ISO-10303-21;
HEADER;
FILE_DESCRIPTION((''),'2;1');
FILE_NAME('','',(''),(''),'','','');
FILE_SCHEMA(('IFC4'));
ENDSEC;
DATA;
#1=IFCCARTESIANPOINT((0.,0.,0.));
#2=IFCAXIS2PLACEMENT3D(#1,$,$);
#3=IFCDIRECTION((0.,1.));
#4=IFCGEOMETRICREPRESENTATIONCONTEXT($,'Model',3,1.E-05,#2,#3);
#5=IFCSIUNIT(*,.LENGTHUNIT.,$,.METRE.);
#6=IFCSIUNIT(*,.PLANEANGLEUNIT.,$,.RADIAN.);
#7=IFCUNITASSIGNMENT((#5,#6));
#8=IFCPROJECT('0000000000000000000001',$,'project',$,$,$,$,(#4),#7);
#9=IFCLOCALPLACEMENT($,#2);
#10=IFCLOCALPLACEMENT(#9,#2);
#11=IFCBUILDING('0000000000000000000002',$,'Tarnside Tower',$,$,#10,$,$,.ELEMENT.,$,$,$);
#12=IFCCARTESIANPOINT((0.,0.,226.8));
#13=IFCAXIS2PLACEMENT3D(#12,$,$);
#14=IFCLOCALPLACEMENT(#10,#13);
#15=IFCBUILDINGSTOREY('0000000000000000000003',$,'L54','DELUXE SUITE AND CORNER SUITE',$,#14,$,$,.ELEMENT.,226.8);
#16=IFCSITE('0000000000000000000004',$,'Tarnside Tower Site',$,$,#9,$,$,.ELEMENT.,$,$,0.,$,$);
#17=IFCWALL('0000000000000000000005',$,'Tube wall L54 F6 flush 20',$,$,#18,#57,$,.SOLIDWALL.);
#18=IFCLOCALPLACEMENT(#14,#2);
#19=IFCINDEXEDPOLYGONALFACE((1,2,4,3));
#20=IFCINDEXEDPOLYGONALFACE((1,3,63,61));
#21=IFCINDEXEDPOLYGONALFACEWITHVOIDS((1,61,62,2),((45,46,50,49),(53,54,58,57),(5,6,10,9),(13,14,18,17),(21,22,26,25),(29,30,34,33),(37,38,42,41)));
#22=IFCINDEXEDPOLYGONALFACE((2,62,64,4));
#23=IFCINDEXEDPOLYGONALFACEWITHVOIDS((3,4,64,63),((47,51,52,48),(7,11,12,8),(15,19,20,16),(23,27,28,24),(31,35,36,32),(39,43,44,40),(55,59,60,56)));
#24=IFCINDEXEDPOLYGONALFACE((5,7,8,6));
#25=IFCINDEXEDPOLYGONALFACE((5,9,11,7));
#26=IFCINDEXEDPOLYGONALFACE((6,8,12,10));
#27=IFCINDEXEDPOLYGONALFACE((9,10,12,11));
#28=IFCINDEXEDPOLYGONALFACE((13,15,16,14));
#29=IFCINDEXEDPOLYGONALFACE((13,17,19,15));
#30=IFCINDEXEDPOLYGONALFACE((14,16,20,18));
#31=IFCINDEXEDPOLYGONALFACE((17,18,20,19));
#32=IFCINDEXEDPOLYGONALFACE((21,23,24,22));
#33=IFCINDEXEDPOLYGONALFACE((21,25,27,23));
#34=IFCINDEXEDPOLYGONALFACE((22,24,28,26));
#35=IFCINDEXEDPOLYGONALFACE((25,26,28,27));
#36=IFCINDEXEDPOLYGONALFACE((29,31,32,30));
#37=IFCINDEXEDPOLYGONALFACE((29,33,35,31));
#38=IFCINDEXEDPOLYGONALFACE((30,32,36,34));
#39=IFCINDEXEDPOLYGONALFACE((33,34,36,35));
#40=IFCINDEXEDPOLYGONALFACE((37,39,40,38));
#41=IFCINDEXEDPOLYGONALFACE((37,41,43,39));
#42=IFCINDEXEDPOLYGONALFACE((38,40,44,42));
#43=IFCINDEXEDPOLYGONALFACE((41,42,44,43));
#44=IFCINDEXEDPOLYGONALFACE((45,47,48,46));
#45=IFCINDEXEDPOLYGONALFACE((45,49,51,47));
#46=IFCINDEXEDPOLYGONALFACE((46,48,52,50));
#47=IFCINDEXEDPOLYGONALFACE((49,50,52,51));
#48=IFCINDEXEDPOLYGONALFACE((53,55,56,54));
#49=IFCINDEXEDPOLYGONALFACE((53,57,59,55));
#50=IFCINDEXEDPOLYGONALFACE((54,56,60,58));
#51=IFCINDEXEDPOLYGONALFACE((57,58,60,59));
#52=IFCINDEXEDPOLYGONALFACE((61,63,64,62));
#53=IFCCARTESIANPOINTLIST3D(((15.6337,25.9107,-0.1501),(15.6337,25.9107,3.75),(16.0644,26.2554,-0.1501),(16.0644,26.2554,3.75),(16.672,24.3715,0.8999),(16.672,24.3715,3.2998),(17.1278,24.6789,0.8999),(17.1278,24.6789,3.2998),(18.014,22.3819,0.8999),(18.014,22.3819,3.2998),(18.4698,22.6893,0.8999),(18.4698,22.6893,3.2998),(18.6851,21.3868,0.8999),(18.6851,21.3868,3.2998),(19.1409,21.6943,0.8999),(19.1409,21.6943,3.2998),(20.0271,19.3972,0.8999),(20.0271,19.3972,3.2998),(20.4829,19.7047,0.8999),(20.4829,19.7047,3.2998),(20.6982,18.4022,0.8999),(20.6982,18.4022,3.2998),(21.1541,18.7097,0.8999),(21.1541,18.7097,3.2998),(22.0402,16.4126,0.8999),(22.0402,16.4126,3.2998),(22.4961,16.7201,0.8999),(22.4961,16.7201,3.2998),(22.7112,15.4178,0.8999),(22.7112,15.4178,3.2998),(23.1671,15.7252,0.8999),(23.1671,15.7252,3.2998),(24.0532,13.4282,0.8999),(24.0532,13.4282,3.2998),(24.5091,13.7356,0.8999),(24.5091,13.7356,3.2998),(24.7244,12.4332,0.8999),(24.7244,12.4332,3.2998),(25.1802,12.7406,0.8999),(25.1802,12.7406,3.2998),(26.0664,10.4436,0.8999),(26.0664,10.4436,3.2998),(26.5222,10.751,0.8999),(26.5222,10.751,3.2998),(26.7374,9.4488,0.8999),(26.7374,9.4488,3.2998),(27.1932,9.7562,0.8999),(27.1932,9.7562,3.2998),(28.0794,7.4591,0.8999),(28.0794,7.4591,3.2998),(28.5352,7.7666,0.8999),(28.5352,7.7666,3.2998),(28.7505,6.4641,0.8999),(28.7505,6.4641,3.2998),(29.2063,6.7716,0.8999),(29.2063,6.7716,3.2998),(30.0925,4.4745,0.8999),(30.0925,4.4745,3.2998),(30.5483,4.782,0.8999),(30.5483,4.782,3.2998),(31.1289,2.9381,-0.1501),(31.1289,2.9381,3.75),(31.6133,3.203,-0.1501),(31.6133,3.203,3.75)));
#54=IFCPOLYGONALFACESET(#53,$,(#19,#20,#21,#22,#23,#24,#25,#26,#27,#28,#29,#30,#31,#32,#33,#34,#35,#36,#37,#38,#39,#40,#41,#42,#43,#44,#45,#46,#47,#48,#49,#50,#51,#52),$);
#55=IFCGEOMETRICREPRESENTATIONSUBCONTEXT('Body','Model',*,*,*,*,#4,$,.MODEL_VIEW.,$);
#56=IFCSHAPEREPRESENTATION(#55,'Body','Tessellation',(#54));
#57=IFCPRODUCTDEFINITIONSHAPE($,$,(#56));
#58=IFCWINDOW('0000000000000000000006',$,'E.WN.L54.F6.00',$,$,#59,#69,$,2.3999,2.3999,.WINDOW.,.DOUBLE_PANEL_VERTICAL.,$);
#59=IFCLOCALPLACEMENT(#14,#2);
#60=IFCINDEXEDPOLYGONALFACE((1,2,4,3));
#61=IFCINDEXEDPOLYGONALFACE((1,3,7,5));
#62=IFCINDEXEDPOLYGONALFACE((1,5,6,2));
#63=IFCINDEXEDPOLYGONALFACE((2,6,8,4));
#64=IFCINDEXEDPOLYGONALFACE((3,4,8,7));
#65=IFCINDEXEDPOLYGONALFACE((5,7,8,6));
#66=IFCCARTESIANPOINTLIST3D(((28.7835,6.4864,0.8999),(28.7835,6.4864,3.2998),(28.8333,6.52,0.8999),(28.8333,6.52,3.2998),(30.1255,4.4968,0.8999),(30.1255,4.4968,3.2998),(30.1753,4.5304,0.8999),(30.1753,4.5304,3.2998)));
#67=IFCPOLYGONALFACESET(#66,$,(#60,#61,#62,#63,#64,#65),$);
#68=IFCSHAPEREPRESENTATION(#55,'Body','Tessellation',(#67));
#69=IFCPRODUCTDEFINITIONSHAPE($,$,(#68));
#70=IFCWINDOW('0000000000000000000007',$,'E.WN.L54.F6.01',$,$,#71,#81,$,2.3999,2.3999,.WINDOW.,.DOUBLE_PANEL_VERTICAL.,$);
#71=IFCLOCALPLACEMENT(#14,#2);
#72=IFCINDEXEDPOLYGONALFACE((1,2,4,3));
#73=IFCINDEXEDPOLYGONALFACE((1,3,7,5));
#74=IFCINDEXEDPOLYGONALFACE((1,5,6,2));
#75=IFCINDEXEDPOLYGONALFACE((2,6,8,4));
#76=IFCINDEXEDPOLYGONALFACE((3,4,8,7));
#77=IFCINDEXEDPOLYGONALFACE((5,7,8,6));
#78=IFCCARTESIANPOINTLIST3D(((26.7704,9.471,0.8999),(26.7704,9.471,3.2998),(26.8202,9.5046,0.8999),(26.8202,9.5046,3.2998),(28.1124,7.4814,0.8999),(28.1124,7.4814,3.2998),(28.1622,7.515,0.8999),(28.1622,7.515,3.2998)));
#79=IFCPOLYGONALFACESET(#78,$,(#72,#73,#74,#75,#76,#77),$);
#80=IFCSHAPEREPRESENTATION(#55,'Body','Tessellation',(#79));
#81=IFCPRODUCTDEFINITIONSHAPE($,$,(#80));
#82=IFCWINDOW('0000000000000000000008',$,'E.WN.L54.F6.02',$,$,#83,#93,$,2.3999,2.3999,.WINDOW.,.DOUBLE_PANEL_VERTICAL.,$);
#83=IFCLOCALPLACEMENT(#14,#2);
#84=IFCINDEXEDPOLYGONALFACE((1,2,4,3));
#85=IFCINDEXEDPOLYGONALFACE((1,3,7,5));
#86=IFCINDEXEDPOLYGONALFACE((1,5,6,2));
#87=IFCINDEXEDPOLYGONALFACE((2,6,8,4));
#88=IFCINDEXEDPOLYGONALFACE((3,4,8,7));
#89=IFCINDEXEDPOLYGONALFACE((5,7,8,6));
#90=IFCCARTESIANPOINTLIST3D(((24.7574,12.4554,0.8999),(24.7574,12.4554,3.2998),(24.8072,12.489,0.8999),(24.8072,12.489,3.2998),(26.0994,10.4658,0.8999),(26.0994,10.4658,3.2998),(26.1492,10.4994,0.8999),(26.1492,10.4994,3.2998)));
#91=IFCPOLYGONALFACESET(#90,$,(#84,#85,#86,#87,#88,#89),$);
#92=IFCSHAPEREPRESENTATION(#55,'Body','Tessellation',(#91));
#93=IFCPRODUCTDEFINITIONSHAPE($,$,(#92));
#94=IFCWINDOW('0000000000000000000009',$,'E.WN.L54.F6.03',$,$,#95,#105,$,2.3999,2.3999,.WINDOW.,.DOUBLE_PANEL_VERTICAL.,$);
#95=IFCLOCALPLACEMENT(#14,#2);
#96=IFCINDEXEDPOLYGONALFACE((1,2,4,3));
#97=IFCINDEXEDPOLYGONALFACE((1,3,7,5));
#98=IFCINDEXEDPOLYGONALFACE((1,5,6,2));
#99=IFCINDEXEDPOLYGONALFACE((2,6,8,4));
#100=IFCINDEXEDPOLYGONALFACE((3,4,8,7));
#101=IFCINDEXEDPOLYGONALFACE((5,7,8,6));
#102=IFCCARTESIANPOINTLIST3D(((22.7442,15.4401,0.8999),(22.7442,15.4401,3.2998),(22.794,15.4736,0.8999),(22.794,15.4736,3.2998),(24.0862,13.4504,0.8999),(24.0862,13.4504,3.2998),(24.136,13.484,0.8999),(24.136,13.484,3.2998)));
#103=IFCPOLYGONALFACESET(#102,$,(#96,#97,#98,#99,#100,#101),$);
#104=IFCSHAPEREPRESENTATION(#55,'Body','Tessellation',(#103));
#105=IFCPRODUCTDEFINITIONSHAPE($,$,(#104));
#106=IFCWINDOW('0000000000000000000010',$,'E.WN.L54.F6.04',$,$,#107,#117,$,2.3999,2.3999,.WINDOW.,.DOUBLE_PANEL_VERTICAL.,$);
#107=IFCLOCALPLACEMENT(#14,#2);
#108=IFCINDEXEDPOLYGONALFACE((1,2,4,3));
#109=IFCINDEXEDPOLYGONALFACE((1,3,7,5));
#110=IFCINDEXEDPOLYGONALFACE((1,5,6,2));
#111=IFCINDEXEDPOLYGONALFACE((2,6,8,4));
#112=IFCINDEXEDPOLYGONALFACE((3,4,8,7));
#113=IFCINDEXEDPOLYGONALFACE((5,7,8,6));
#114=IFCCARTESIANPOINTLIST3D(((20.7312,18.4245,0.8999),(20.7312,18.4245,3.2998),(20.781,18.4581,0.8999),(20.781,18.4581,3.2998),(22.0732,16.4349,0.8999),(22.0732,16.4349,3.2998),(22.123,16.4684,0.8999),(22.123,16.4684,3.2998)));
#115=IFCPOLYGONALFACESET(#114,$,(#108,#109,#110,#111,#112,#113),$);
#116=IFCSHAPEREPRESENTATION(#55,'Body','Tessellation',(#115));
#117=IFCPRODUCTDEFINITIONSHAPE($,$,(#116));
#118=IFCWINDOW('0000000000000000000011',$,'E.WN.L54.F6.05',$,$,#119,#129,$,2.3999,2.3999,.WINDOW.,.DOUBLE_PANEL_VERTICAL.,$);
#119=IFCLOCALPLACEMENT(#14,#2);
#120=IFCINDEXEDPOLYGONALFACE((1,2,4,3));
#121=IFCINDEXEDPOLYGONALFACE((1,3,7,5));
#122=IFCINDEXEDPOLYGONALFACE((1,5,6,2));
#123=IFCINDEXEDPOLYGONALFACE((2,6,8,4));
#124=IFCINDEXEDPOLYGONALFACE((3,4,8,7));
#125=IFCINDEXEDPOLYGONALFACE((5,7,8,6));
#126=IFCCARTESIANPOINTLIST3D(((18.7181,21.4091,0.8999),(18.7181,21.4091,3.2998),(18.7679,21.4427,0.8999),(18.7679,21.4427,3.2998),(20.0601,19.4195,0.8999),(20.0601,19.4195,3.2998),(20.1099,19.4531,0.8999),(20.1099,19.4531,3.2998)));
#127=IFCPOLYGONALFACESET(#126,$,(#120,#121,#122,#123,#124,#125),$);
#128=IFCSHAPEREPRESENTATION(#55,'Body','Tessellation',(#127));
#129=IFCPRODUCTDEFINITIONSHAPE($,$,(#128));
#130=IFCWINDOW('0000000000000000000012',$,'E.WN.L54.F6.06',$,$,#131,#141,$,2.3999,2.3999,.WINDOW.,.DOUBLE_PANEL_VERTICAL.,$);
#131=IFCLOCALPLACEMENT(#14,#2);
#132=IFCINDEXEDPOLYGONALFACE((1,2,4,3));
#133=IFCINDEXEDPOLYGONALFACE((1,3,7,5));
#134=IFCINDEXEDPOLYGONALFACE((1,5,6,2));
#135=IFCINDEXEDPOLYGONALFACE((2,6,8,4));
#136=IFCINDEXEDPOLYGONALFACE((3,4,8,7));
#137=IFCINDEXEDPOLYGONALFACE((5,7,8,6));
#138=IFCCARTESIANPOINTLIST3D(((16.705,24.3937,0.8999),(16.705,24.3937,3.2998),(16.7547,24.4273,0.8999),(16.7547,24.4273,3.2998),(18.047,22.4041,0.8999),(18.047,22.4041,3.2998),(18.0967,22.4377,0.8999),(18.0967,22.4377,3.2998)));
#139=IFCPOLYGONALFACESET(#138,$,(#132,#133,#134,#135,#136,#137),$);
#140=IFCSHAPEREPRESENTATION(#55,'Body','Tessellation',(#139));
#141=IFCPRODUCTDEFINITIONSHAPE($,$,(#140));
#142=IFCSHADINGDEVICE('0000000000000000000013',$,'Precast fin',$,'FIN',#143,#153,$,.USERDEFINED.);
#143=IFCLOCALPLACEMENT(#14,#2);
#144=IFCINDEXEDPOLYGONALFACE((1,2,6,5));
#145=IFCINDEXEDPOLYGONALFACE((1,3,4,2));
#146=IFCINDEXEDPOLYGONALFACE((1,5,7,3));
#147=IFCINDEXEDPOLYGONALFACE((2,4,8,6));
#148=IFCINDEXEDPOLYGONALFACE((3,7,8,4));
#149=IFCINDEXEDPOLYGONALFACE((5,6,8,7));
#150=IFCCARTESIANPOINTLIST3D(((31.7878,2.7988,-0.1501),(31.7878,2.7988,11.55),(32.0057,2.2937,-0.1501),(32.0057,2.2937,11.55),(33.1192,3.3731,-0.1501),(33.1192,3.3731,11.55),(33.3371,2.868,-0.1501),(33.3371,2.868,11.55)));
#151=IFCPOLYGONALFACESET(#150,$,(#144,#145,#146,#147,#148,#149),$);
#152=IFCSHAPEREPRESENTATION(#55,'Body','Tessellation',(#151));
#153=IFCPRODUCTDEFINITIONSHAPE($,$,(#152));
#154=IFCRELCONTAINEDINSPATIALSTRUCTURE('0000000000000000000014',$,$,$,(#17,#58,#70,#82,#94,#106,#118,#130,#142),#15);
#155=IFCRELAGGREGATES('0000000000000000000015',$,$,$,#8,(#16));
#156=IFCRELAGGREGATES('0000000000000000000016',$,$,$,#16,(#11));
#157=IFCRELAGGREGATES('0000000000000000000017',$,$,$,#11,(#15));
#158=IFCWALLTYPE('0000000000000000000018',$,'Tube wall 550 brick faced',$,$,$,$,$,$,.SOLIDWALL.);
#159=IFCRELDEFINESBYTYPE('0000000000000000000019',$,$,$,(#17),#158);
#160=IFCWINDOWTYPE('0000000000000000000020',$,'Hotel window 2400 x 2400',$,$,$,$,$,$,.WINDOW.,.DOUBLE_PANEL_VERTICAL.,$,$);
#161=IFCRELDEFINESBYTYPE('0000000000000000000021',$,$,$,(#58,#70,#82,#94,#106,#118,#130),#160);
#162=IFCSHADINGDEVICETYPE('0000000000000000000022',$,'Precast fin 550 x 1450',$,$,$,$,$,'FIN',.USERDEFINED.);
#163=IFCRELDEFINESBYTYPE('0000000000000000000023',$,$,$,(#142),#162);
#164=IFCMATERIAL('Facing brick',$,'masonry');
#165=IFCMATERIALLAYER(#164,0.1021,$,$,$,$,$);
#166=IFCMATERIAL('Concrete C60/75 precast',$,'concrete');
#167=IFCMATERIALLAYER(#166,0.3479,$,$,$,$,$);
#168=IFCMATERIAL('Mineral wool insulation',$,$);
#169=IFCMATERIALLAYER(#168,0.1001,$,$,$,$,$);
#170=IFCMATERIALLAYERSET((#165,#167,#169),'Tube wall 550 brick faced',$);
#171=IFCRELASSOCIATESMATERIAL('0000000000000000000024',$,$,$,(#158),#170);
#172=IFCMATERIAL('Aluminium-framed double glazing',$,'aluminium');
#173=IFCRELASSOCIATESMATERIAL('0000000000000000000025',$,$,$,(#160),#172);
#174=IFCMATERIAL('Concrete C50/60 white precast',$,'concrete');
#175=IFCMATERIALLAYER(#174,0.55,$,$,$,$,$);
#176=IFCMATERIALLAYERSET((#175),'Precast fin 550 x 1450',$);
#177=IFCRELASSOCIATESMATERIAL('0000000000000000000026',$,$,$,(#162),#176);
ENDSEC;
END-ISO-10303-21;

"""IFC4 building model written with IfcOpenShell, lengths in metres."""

from ifc_helpers import new_model, si_unit, direction, frame, frame_2d, origin, place, context, subcontext, project, spatial, polyline, rectangle, outline, extrude, material, layer, layer_set, type_object, element, fill, save


model = new_model("IFC4")

# Units and contexts
model_context = context("Model", 3, precision=1e-05, world=origin(), true_north=direction((0.0, 1.0)))
body_context = subcontext(model_context, "Body", "Model", "MODEL_VIEW")
ifc_project = project(units=[si_unit("LENGTHUNIT", "METRE"), si_unit("PLANEANGLEUNIT", "RADIAN")], contexts=[model_context])

# Site, building, storey
site_placement = place(None, origin())
site = spatial("IfcSite", under=ifc_project, at=site_placement, Name="Tarnside Tower Site", CompositionType="ELEMENT", RefElevation=0.0)
building_placement = place(site_placement, origin())
building = spatial("IfcBuilding", under=site, at=building_placement, Name="Tarnside Tower", CompositionType="ELEMENT")
storey_placement = place(building_placement, frame((0.0, 0.0, 226.8)))
storey = spatial("IfcBuildingStorey", under=building, at=storey_placement, Name="L54", Description="DELUXE SUITE AND CORNER SUITE", CompositionType="ELEMENT", Elevation=226.8)

# Shared definitions
ifc_material_1 = material(Name="Facing brick", Category="masonry")
ifc_layer_1 = layer(ifc_material_1, 0.1021)
ifc_material_2 = material(Name="Concrete C60/75 precast", Category="concrete")
ifc_layer_2 = layer(ifc_material_2, 0.3479)
ifc_material_3 = material(Name="Mineral wool insulation")
ifc_layer_3 = layer(ifc_material_3, 0.1001)
ifc_layer_set_1 = layer_set([ifc_layer_1, ifc_layer_2, ifc_layer_3], Name="Tube wall 550 brick faced")
wall_type_1 = type_object("IfcWallType", Name="Tube wall 550 brick faced", PredefinedType="SOLIDWALL", material=ifc_layer_set_1)

# Wall, openings, windows
wall_1_placement = place(storey_placement, frame((31.3711, 3.0706, -0.1501), z_axis=(0.0, 0.0, 1.0), x_axis=(-0.55919, 0.82904, 0.0)))
wall_1 = element("IfcWall", 1, at=wall_1_placement, inside=storey, type_object=wall_type_1, Name="Tube wall L54 F6 flush 20", PredefinedType="SOLIDWALL", context=body_context, shape_type="SweptSolid", body=[
    extrude(outline(polyline([(-0.0256, -0.2749), (27.7805, -0.2749), (27.7356, 0.2749), (0.0256, 0.2749), (-0.0256, -0.2749)])), origin(), (0.0, 0.0, 1.0), 3.9001),
])
opening_1_placement = place(wall_1_placement, frame((1.8789, 0.0, 1.05)))
opening_1 = element("IfcOpeningElement", 2, at=opening_1_placement, cuts=wall_1, PredefinedType="OPENING", context=body_context, shape_type="SweptSolid", body=[
    extrude(rectangle(XDim=2.3999, YDim=2.3999, at=frame_2d((1.2, 1.2))), frame((0.0, 0.2852, 0.0), z_axis=(0.0, -1.0, 0.0), x_axis=(1.0, 0.0, 0.0)), (0.0, 0.0, 1.0), 0.5701),
])
opening_2_placement = place(wall_1_placement, frame((5.479, 0.0, 1.05)))
opening_2 = element("IfcOpeningElement", 3, at=opening_2_placement, cuts=wall_1, PredefinedType="OPENING", context=body_context, shape_type="SweptSolid", body=[
    extrude(rectangle(XDim=2.3999, YDim=2.3999, at=frame_2d((1.2, 1.2))), frame((0.0, 0.2852, 0.0), z_axis=(0.0, -1.0, 0.0), x_axis=(1.0, 0.0, 0.0)), (0.0, 0.0, 1.0), 0.5701),
])
opening_3_placement = place(wall_1_placement, frame((9.0789, 0.0, 1.05)))
opening_3 = element("IfcOpeningElement", 4, at=opening_3_placement, cuts=wall_1, PredefinedType="OPENING", context=body_context, shape_type="SweptSolid", body=[
    extrude(rectangle(XDim=2.3999, YDim=2.3999, at=frame_2d((1.2, 1.2))), frame((0.0, 0.2852, 0.0), z_axis=(0.0, -1.0, 0.0), x_axis=(1.0, 0.0, 0.0)), (0.0, 0.0, 1.0), 0.5701),
])
opening_4_placement = place(wall_1_placement, frame((12.679, 0.0, 1.05)))
opening_4 = element("IfcOpeningElement", 5, at=opening_4_placement, cuts=wall_1, PredefinedType="OPENING", context=body_context, shape_type="SweptSolid", body=[
    extrude(rectangle(XDim=2.3999, YDim=2.3999, at=frame_2d((1.2, 1.2))), frame((0.0, 0.2852, 0.0), z_axis=(0.0, -1.0, 0.0), x_axis=(1.0, 0.0, 0.0)), (0.0, 0.0, 1.0), 0.5701),
])
opening_5_placement = place(wall_1_placement, frame((16.2788, 0.0, 1.05)))
opening_5 = element("IfcOpeningElement", 6, at=opening_5_placement, cuts=wall_1, PredefinedType="OPENING", context=body_context, shape_type="SweptSolid", body=[
    extrude(rectangle(XDim=2.3999, YDim=2.3999, at=frame_2d((1.2, 1.2))), frame((0.0, 0.2852, 0.0), z_axis=(0.0, -1.0, 0.0), x_axis=(1.0, 0.0, 0.0)), (0.0, 0.0, 1.0), 0.5701),
])
opening_6_placement = place(wall_1_placement, frame((19.8789, 0.0, 1.05)))
opening_6 = element("IfcOpeningElement", 7, at=opening_6_placement, cuts=wall_1, PredefinedType="OPENING", context=body_context, shape_type="SweptSolid", body=[
    extrude(rectangle(XDim=2.3999, YDim=2.3999, at=frame_2d((1.2, 1.2))), frame((0.0, 0.2852, 0.0), z_axis=(0.0, -1.0, 0.0), x_axis=(1.0, 0.0, 0.0)), (0.0, 0.0, 1.0), 0.5701),
])
opening_7_placement = place(wall_1_placement, frame((23.479, 0.0, 1.05)))
opening_7 = element("IfcOpeningElement", 8, at=opening_7_placement, cuts=wall_1, PredefinedType="OPENING", context=body_context, shape_type="SweptSolid", body=[
    extrude(rectangle(XDim=2.3999, YDim=2.3999, at=frame_2d((1.2, 1.2))), frame((0.0, 0.2852, 0.0), z_axis=(0.0, -1.0, 0.0), x_axis=(1.0, 0.0, 0.0)), (0.0, 0.0, 1.0), 0.5701),
])
ifc_material_4 = material(Name="Aluminium-framed double glazing", Category="aluminium")
window_type = type_object("IfcWindowType", Name="Hotel window 2400 x 2400", PartitioningType="DOUBLE_PANEL_VERTICAL", PredefinedType="WINDOW", material=ifc_material_4)
window_1_placement = place(opening_1_placement, frame((0.0, 0.2051, 0.0)))
window_1 = element("IfcWindow", 9, at=window_1_placement, inside=storey, type_object=window_type, Name="E.WN.L54.F6.00", OverallHeight=2.3999, OverallWidth=2.3999, PartitioningType="DOUBLE_PANEL_VERTICAL", PredefinedType="WINDOW", context=body_context, shape_type="SweptSolid", body=[
    extrude(rectangle(XDim=2.3999, YDim=2.3999, at=frame_2d((1.2, 1.2))), frame((0.0, 0.03, 0.0), z_axis=(0.0, -1.0, 0.0), x_axis=(1.0, 0.0, 0.0)), (0.0, 0.0, 1.0), 0.0601),
])
fill(opening_1, window_1)
window_2_placement = place(opening_2_placement, frame((0.0, 0.2051, 0.0)))
window_2 = element("IfcWindow", 10, at=window_2_placement, inside=storey, type_object=window_type, Name="E.WN.L54.F6.01", OverallHeight=2.3999, OverallWidth=2.3999, PartitioningType="DOUBLE_PANEL_VERTICAL", PredefinedType="WINDOW", context=body_context, shape_type="SweptSolid", body=[
    extrude(rectangle(XDim=2.3999, YDim=2.3999, at=frame_2d((1.2, 1.2))), frame((0.0, 0.03, 0.0), z_axis=(0.0, -1.0, 0.0), x_axis=(1.0, 0.0, 0.0)), (0.0, 0.0, 1.0), 0.0601),
])
fill(opening_2, window_2)
window_3_placement = place(opening_3_placement, frame((0.0, 0.2051, 0.0)))
window_3 = element("IfcWindow", 11, at=window_3_placement, inside=storey, type_object=window_type, Name="E.WN.L54.F6.02", OverallHeight=2.3999, OverallWidth=2.3999, PartitioningType="DOUBLE_PANEL_VERTICAL", PredefinedType="WINDOW", context=body_context, shape_type="SweptSolid", body=[
    extrude(rectangle(XDim=2.3999, YDim=2.3999, at=frame_2d((1.2, 1.2))), frame((0.0, 0.03, 0.0), z_axis=(0.0, -1.0, 0.0), x_axis=(1.0, 0.0, 0.0)), (0.0, 0.0, 1.0), 0.0601),
])
fill(opening_3, window_3)
window_4_placement = place(opening_4_placement, frame((0.0, 0.2051, 0.0)))
window_4 = element("IfcWindow", 12, at=window_4_placement, inside=storey, type_object=window_type, Name="E.WN.L54.F6.03", OverallHeight=2.3999, OverallWidth=2.3999, PartitioningType="DOUBLE_PANEL_VERTICAL", PredefinedType="WINDOW", context=body_context, shape_type="SweptSolid", body=[
    extrude(rectangle(XDim=2.3999, YDim=2.3999, at=frame_2d((1.2, 1.2))), frame((0.0, 0.03, 0.0), z_axis=(0.0, -1.0, 0.0), x_axis=(1.0, 0.0, 0.0)), (0.0, 0.0, 1.0), 0.0601),
])
fill(opening_4, window_4)
window_5_placement = place(opening_5_placement, frame((0.0, 0.2051, 0.0)))
window_5 = element("IfcWindow", 13, at=window_5_placement, inside=storey, type_object=window_type, Name="E.WN.L54.F6.04", OverallHeight=2.3999, OverallWidth=2.3999, PartitioningType="DOUBLE_PANEL_VERTICAL", PredefinedType="WINDOW", context=body_context, shape_type="SweptSolid", body=[
    extrude(rectangle(XDim=2.3999, YDim=2.3999, at=frame_2d((1.2, 1.2))), frame((0.0, 0.03, 0.0), z_axis=(0.0, -1.0, 0.0), x_axis=(1.0, 0.0, 0.0)), (0.0, 0.0, 1.0), 0.0601),
])
fill(opening_5, window_5)
window_6_placement = place(opening_6_placement, frame((0.0, 0.2051, 0.0)))
window_6 = element("IfcWindow", 14, at=window_6_placement, inside=storey, type_object=window_type, Name="E.WN.L54.F6.05", OverallHeight=2.3999, OverallWidth=2.3999, PartitioningType="DOUBLE_PANEL_VERTICAL", PredefinedType="WINDOW", context=body_context, shape_type="SweptSolid", body=[
    extrude(rectangle(XDim=2.3999, YDim=2.3999, at=frame_2d((1.2, 1.2))), frame((0.0, 0.03, 0.0), z_axis=(0.0, -1.0, 0.0), x_axis=(1.0, 0.0, 0.0)), (0.0, 0.0, 1.0), 0.0601),
])
fill(opening_6, window_6)
window_7_placement = place(opening_7_placement, frame((0.0, 0.2051, 0.0)))
window_7 = element("IfcWindow", 15, at=window_7_placement, inside=storey, type_object=window_type, Name="E.WN.L54.F6.06", OverallHeight=2.3999, OverallWidth=2.3999, PartitioningType="DOUBLE_PANEL_VERTICAL", PredefinedType="WINDOW", context=body_context, shape_type="SweptSolid", body=[
    extrude(rectangle(XDim=2.3999, YDim=2.3999, at=frame_2d((1.2, 1.2))), frame((0.0, 0.03, 0.0), z_axis=(0.0, -1.0, 0.0), x_axis=(1.0, 0.0, 0.0)), (0.0, 0.0, 1.0), 0.0601),
])
fill(opening_7, window_7)

# Shading device
ifc_material_5 = material(Name="Concrete C50/60 white precast", Category="concrete")
ifc_layer_4 = layer(ifc_material_5, 0.55)
ifc_layer_set_2 = layer_set([ifc_layer_4], Name="Precast fin 550 x 1450")
shading_device_type_1 = type_object("IfcShadingDeviceType", Name="Precast fin 550 x 1450", ElementType="FIN", PredefinedType="USERDEFINED", material=ifc_layer_set_2)
shading_device_placement = place(storey_placement, frame((31.8967, 2.5464, -0.1501), z_axis=(0.39608, -0.918216, 0.0), x_axis=(0.918216, 0.39608, 0.0)))
element("IfcShadingDevice", 16, at=shading_device_placement, inside=storey, type_object=shading_device_type_1, Name="Precast fin", ObjectType="FIN", PredefinedType="USERDEFINED", context=body_context, shape_type="SweptSolid", body=[
    extrude(outline(polyline([(0.0, 0.0), (1.45, 0.0), (1.45, 11.7002), (0.0, 11.7002), (0.0, 0.0)])), frame((0.0, 0.0, -0.2749)), (0.0, 0.0, 1.0), 0.55),
])

save(model, "model.ifc")
